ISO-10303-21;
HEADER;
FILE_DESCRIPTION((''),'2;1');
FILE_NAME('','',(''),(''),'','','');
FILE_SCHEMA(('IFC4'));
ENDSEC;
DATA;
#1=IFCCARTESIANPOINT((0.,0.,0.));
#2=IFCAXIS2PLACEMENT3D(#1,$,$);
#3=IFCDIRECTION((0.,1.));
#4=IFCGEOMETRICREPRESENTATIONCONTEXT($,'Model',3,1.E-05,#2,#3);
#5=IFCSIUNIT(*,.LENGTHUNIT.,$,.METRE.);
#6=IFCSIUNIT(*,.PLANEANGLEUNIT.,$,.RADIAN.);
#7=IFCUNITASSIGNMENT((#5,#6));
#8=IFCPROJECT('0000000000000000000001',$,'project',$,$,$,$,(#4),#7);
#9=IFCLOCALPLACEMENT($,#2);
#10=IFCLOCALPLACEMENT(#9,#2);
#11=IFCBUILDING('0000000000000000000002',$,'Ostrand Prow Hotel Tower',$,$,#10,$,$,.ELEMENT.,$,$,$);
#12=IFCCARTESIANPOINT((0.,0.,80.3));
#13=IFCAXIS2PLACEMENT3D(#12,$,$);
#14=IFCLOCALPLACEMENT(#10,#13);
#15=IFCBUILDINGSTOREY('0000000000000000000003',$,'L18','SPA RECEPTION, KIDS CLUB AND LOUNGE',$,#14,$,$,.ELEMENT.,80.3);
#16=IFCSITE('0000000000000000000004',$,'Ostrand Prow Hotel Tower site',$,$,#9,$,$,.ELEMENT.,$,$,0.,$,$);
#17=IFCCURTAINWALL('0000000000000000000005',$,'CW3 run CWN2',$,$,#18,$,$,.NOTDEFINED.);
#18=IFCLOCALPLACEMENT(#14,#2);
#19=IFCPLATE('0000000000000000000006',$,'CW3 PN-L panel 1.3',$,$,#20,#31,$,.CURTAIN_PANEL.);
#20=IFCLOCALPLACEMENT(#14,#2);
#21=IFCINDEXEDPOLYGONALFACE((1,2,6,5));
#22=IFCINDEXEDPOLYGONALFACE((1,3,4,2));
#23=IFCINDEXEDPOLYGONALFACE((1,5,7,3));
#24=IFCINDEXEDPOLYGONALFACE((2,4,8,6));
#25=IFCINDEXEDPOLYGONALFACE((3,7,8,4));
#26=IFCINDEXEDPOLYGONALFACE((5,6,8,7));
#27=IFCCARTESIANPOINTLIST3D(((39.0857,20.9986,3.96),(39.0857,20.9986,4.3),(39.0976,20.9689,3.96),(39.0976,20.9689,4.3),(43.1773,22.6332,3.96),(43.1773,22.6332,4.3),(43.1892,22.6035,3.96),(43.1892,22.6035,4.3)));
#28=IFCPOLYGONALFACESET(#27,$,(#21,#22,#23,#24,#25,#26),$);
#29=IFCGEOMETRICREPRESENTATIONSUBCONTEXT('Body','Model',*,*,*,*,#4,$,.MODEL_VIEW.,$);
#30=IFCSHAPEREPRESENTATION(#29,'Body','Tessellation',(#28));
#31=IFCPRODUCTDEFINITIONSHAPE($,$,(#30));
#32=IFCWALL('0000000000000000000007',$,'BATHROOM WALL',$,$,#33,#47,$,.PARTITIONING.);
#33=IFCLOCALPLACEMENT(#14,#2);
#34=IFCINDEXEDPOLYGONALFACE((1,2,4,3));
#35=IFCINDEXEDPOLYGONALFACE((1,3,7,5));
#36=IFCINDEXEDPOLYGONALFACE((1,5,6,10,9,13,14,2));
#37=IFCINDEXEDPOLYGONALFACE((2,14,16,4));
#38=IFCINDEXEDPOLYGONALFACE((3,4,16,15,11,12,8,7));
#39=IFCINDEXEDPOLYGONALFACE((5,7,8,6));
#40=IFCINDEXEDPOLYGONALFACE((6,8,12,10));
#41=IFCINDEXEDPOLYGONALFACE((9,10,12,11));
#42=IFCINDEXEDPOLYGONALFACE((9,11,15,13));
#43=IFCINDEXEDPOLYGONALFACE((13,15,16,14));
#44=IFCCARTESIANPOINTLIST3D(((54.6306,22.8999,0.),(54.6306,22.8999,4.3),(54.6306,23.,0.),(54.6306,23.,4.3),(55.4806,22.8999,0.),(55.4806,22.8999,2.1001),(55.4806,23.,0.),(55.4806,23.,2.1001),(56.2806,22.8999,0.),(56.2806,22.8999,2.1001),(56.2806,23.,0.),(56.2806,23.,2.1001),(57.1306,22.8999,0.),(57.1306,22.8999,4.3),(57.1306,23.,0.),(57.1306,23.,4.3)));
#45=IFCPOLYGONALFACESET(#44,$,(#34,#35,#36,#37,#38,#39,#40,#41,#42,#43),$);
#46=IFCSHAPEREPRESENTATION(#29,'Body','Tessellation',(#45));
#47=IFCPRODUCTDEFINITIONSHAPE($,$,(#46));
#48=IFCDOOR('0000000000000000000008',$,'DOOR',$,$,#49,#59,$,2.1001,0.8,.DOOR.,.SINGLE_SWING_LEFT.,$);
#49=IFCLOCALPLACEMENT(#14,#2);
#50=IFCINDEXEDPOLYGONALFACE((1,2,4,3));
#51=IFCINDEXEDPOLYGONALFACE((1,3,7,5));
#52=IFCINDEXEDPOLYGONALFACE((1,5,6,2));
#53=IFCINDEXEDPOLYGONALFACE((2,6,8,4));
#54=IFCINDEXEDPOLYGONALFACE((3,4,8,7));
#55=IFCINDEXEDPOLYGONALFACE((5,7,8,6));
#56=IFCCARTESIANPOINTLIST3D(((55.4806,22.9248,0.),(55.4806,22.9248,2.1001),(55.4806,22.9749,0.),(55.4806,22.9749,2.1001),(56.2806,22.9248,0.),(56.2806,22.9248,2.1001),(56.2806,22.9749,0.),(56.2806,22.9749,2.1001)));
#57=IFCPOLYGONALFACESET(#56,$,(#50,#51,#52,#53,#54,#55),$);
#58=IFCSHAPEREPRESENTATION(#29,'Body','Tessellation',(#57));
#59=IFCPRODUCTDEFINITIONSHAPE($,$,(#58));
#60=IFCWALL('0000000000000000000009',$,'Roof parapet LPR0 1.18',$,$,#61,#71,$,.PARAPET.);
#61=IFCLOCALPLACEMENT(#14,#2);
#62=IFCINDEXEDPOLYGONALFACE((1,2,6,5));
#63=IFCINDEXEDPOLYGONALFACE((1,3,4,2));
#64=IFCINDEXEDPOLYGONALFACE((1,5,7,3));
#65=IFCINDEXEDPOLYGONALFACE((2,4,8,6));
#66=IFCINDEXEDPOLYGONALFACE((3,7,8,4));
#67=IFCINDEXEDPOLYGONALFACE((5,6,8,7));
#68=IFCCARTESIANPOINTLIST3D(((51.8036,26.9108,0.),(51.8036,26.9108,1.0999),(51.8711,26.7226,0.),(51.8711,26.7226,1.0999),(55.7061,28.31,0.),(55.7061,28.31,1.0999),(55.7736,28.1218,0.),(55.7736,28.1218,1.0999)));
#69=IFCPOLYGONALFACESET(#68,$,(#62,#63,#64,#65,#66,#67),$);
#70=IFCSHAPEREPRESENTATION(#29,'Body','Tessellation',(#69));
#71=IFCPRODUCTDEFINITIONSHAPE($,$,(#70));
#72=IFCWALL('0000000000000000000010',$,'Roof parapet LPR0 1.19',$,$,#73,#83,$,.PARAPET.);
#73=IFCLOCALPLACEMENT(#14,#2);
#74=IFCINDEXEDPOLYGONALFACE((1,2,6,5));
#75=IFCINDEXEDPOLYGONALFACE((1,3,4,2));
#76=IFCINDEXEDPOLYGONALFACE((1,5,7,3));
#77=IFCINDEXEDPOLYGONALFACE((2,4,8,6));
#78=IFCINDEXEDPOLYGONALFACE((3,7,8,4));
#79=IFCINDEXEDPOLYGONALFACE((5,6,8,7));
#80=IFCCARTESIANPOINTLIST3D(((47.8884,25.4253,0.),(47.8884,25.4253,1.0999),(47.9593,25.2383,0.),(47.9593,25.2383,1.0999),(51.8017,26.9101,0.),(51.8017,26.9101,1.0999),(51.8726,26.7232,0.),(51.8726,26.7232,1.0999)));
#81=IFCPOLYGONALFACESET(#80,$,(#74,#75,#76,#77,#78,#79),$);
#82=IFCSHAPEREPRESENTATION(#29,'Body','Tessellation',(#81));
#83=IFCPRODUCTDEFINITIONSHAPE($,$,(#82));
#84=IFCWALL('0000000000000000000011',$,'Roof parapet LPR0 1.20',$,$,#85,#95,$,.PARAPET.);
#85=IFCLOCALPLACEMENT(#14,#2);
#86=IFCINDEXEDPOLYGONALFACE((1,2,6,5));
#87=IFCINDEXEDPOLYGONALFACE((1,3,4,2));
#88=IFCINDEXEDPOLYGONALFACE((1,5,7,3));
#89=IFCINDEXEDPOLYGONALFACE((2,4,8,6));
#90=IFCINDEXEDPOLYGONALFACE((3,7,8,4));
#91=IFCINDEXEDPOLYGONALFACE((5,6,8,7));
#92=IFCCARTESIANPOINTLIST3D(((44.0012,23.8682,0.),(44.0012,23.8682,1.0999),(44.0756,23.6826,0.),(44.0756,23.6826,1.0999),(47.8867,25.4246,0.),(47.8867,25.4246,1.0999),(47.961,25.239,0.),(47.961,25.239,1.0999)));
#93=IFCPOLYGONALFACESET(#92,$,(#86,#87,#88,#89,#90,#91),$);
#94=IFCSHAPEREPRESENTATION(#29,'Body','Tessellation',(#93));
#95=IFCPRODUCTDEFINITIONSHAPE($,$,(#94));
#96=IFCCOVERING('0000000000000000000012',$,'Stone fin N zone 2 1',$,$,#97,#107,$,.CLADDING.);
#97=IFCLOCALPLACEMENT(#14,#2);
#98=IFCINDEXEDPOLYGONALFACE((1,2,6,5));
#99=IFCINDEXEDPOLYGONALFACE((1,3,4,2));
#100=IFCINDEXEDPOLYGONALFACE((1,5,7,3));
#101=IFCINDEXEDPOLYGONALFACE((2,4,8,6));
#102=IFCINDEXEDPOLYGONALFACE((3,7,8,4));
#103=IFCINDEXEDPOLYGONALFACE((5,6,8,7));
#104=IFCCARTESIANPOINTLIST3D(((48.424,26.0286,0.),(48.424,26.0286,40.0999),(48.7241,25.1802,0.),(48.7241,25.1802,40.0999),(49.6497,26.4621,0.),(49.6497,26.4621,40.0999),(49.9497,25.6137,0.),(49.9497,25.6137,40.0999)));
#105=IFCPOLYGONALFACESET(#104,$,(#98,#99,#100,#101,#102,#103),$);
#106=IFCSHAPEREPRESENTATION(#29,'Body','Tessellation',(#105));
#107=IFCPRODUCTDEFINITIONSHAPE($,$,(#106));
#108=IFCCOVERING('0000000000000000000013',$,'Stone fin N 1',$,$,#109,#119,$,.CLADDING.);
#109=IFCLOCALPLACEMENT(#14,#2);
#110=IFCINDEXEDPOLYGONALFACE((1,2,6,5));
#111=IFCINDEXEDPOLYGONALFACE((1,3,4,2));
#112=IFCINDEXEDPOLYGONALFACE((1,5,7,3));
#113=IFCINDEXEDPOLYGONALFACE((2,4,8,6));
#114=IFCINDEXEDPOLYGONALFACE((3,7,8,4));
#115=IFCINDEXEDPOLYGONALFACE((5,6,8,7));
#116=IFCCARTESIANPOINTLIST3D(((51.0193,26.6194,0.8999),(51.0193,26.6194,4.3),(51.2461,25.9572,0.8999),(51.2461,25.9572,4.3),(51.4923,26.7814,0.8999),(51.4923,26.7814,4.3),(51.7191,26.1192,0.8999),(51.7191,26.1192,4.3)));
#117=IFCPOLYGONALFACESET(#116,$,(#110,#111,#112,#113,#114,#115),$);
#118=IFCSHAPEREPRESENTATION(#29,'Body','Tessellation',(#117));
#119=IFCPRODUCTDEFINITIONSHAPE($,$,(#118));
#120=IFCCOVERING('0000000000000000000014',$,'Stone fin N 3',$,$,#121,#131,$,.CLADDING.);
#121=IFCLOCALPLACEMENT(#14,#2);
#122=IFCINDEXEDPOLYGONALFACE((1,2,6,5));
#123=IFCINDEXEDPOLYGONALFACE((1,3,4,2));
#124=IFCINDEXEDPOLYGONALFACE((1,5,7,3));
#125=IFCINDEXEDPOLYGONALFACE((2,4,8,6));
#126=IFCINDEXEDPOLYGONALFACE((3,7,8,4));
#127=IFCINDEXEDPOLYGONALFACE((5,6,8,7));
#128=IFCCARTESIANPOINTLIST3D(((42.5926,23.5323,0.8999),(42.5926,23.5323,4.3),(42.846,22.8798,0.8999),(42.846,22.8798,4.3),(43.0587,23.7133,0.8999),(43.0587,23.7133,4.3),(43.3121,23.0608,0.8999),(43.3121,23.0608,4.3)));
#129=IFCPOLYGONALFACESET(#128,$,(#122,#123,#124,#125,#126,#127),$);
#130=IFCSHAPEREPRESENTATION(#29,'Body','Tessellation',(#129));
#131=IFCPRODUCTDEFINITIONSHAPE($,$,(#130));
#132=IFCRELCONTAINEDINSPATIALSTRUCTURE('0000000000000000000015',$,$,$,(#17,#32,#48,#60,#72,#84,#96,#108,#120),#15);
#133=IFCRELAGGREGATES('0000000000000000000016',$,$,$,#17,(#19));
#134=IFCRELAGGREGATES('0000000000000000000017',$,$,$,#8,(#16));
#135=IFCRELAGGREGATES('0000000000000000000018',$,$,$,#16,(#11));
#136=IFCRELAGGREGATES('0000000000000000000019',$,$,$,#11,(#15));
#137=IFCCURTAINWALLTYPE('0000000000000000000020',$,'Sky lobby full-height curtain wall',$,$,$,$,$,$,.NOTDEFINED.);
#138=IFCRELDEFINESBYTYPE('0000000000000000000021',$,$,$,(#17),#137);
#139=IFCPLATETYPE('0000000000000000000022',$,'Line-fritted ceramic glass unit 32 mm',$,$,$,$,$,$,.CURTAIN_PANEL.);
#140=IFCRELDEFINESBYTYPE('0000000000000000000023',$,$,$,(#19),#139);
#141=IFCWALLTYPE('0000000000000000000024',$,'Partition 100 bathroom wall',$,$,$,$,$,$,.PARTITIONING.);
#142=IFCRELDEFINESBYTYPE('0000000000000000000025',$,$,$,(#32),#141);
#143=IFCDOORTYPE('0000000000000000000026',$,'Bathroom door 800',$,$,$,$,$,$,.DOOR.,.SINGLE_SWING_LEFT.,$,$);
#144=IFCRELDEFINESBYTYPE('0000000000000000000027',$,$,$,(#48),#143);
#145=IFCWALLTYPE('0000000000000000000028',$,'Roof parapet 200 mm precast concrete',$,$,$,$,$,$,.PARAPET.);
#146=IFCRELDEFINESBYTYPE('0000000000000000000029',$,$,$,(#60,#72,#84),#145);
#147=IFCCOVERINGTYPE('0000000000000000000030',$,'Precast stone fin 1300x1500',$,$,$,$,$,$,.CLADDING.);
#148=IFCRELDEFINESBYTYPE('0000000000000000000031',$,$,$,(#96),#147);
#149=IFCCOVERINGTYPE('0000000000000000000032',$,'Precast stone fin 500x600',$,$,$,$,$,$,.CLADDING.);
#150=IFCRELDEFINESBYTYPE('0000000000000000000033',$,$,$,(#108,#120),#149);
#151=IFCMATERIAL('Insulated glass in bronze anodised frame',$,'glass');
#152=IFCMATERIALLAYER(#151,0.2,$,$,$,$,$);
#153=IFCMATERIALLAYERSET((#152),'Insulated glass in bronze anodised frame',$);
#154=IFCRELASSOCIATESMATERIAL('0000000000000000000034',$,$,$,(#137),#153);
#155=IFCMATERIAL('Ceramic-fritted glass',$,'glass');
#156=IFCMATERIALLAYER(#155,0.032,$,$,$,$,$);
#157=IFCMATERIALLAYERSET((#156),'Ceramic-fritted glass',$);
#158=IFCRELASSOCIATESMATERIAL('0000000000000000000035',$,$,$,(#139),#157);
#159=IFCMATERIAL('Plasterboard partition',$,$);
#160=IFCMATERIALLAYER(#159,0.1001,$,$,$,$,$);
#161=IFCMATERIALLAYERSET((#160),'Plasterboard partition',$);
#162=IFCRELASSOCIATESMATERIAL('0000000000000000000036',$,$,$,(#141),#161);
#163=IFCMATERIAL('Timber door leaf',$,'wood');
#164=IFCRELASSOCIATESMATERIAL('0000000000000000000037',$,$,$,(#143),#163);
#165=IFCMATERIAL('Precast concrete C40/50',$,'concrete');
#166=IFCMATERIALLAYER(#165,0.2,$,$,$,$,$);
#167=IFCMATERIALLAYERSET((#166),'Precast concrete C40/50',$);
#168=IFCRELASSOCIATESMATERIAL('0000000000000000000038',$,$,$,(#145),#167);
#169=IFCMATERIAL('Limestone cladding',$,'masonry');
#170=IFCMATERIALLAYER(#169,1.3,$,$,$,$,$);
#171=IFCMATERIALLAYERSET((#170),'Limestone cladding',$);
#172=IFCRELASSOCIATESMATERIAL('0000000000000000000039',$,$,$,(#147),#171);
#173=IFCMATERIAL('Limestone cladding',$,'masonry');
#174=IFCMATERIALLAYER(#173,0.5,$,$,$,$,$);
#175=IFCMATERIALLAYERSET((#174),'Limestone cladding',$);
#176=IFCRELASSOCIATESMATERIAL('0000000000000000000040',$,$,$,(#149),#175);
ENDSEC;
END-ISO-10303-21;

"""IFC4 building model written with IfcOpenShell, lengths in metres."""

from ifc_helpers import new_model, si_unit, direction, frame, frame_2d, origin, origin_2d, place, context, subcontext, project, spatial, rectangle, extrude, material, layer, layer_set, type_object, element, fill, aggregate, save


model = new_model("IFC4")

# Units and contexts
model_context = context("Model", 3, precision=1e-05, world=origin(), true_north=direction((0.0, 1.0)))
body_context = subcontext(model_context, "Body", "Model", "MODEL_VIEW")
ifc_project = project(units=[si_unit("LENGTHUNIT", "METRE"), si_unit("PLANEANGLEUNIT", "RADIAN")], contexts=[model_context])

# Site, building, storey
site_placement = place(None, origin())
site = spatial("IfcSite", under=ifc_project, at=site_placement, Name="Ostrand Prow Hotel Tower site", CompositionType="ELEMENT", RefElevation=0.0)
building_placement = place(site_placement, origin())
building = spatial("IfcBuilding", under=site, at=building_placement, Name="Ostrand Prow Hotel Tower", CompositionType="ELEMENT")
storey_placement = place(building_placement, frame((0.0, 0.0, 80.3)))
storey = spatial("IfcBuildingStorey", under=building, at=storey_placement, Name="L18", Description="SPA RECEPTION, KIDS CLUB AND LOUNGE", CompositionType="ELEMENT", Elevation=80.3)

# Curtain wall
ifc_material_1 = material(Name="Insulated glass in bronze anodised frame", Category="glass")
ifc_layer_1 = layer(ifc_material_1, 0.2)
ifc_layer_set_1 = layer_set([ifc_layer_1], Name="Insulated glass in bronze anodised frame")
curtain_wall_type = type_object("IfcCurtainWallType", Name="Sky lobby full-height curtain wall", PredefinedType="NOTDEFINED", material=ifc_layer_set_1)
curtain_wall_1_placement = place(storey_placement, origin())
curtain_wall_1 = element("IfcCurtainWall", 1, at=curtain_wall_1_placement, inside=storey, type_object=curtain_wall_type, Name="CW3 run CWN2", PredefinedType="NOTDEFINED")

# Plate
ifc_material_2 = material(Name="Ceramic-fritted glass", Category="glass")
ifc_layer_2 = layer(ifc_material_2, 0.032)
ifc_layer_set_2 = layer_set([ifc_layer_2], Name="Ceramic-fritted glass")
plate_type_1 = type_object("IfcPlateType", Name="Line-fritted ceramic glass unit 32 mm", PredefinedType="CURTAIN_PANEL", material=ifc_layer_set_2)
plate_1_placement = place(storey_placement, frame((41.1375, 21.801, 3.96), z_axis=(0.0, 0.0, 1.0), x_axis=(-0.92864, -0.370982, 0.0)))
plate_1 = element("IfcPlate", 2, at=plate_1_placement, type_object=plate_type_1, Name="CW3 PN-L panel 1.3", PredefinedType="CURTAIN_PANEL", context=body_context, shape_type="SweptSolid", body=[
    extrude(rectangle(XDim=4.406, YDim=0.032, at=origin_2d()), origin(), (0.0, 0.0, 1.0), 0.3401),
])
aggregate(curtain_wall_1, [plate_1])

# Wall, opening, door
ifc_material_3 = material(Name="Plasterboard partition")
ifc_layer_3 = layer(ifc_material_3, 0.1001)
ifc_layer_set_3 = layer_set([ifc_layer_3], Name="Plasterboard partition")
wall_type_1 = type_object("IfcWallType", Name="Partition 100 bathroom wall", PredefinedType="PARTITIONING", material=ifc_layer_set_3)
wall_1_placement = place(storey_placement, frame((54.6306, 22.95, 0.0), z_axis=(0.0, 0.0, 1.0), x_axis=(1.0, 0.0, 0.0)))
wall_1 = element("IfcWall", 3, at=wall_1_placement, inside=storey, type_object=wall_type_1, Name="BATHROOM WALL", PredefinedType="PARTITIONING", context=body_context, shape_type="SweptSolid", body=[
    extrude(rectangle(XDim=2.5, YDim=0.1001, at=frame_2d((1.25, 0.0))), origin(), (0.0, 0.0, 1.0), 4.3),
])
opening_placement = place(wall_1_placement, frame((0.8501, 0.0, 0.0)))
opening = element("IfcOpeningElement", 4, at=opening_placement, cuts=wall_1, PredefinedType="OPENING", context=body_context, shape_type="SweptSolid", body=[
    extrude(rectangle(XDim=0.8, YDim=2.1001, at=frame_2d((0.3999, 1.05))), frame((0.0, 0.0601, 0.0), z_axis=(0.0, -1.0, 0.0), x_axis=(1.0, 0.0, 0.0)), (0.0, 0.0, 1.0), 0.1201),
])
ifc_material_4 = material(Name="Timber door leaf", Category="wood")
door_type = type_object("IfcDoorType", Name="Bathroom door 800", OperationType="SINGLE_SWING_LEFT", PredefinedType="DOOR", material=ifc_material_4)
door_placement = place(opening_placement, origin())
door = element("IfcDoor", 5, at=door_placement, inside=storey, type_object=door_type, Name="DOOR", OperationType="SINGLE_SWING_LEFT", OverallHeight=2.1001, OverallWidth=0.8, PredefinedType="DOOR", context=body_context, shape_type="SweptSolid", body=[
    extrude(rectangle(XDim=0.8, YDim=2.1001, at=frame_2d((0.3999, 1.05))), frame((0.0, 0.0249, 0.0), z_axis=(0.0, -1.0, 0.0), x_axis=(1.0, 0.0, 0.0)), (0.0, 0.0, 1.0), 0.05),
])
fill(opening, door)

# Walls
ifc_material_5 = material(Name="Precast concrete C40/50", Category="concrete")
ifc_layer_4 = layer(ifc_material_5, 0.2)
ifc_layer_set_4 = layer_set([ifc_layer_4], Name="Precast concrete C40/50")
wall_type_2 = type_object("IfcWallType", Name="Roof parapet 200 mm precast concrete", PredefinedType="PARAPET", material=ifc_layer_set_4)
wall_2_placement = place(storey_placement, frame((55.7397, 28.2158, 0.0), z_axis=(0.0, 0.0, 1.0), x_axis=(-0.94133, -0.337489, 0.0)))
element("IfcWall", 6, at=wall_2_placement, inside=storey, type_object=wall_type_2, Name="Roof parapet LPR0 1.18", PredefinedType="PARAPET", context=body_context, shape_type="SweptSolid", body=[
    extrude(rectangle(XDim=4.1458, YDim=0.2, at=frame_2d((2.0728, 0.0))), origin(), (0.0, 0.0, 1.0), 1.0999),
])
for number, where, z_axis, x_axis, name in (
    (7, (51.8372, 26.8167, 0.0), (0.0, 0.0, 1.0), (-0.934958, -0.354758, 0.0), "Roof parapet LPR0 1.19"),
    (8, (47.9238, 25.3318, 0.0), (0.0, 0.0, 1.0), (-0.928296, -0.371843, 0.0), "Roof parapet LPR0 1.20"),
):
    element("IfcWall", number, at=place(storey_placement, frame(where, z_axis=z_axis, x_axis=x_axis)), inside=storey, type_object=wall_type_2, Name=name, PredefinedType="PARAPET", context=body_context, shape_type="SweptSolid", body=[
        extrude(rectangle(XDim=4.1855, YDim=0.2, at=frame_2d((2.0928, 0.0))), origin(), (0.0, 0.0, 1.0), 1.0999),
    ])

# Coverings
ifc_material_6 = material(Name="Limestone cladding", Category="masonry")
ifc_layer_5 = layer(ifc_material_6, 1.3)
ifc_layer_set_5 = layer_set([ifc_layer_5], Name="Limestone cladding")
covering_type_1 = type_object("IfcCoveringType", Name="Precast stone fin 1300x1500", PredefinedType="CLADDING", material=ifc_layer_set_5)
covering_placement = place(storey_placement, frame((49.3369, 25.397, 0.0), z_axis=(0.0, 0.0, 1.0), x_axis=(-0.33343, 0.942775, 0.0)))
element("IfcCovering", 9, at=covering_placement, inside=storey, type_object=covering_type_1, Name="Stone fin N zone 2 1", PredefinedType="CLADDING", context=body_context, shape_type="SweptSolid", body=[
    extrude(rectangle(XDim=0.8999, YDim=1.3, at=frame_2d((0.45, 0.0))), origin(), (0.0, 0.0, 1.0), 40.0999),
])
ifc_material_7 = material(Name="Limestone cladding", Category="masonry")
ifc_layer_6 = layer(ifc_material_7, 0.5)
ifc_layer_set_6 = layer_set([ifc_layer_6], Name="Limestone cladding")
covering_type_2 = type_object("IfcCoveringType", Name="Precast stone fin 500x600", PredefinedType="CLADDING", material=ifc_layer_set_6)
for number, where, z_axis, x_axis, name in (
    (10, (51.4827, 26.0381, 0.8999), (0.0, 0.0, 1.0), (-0.324066, 0.946035, 0.0), "Stone fin N 1"),
    (11, (43.0791, 22.9702, 0.8999), (0.0, 0.0, 1.0), (-0.361992, 0.932181, 0.0), "Stone fin N 3"),
):
    element("IfcCovering", number, at=place(storey_placement, frame(where, z_axis=z_axis, x_axis=x_axis)), inside=storey, type_object=covering_type_2, Name=name, PredefinedType="CLADDING", context=body_context, shape_type="SweptSolid", body=[
        extrude(rectangle(XDim=0.7, YDim=0.5, at=frame_2d((0.3501, 0.0))), origin(), (0.0, 0.0, 1.0), 3.4001),
    ])

save(model, "model.ifc")
